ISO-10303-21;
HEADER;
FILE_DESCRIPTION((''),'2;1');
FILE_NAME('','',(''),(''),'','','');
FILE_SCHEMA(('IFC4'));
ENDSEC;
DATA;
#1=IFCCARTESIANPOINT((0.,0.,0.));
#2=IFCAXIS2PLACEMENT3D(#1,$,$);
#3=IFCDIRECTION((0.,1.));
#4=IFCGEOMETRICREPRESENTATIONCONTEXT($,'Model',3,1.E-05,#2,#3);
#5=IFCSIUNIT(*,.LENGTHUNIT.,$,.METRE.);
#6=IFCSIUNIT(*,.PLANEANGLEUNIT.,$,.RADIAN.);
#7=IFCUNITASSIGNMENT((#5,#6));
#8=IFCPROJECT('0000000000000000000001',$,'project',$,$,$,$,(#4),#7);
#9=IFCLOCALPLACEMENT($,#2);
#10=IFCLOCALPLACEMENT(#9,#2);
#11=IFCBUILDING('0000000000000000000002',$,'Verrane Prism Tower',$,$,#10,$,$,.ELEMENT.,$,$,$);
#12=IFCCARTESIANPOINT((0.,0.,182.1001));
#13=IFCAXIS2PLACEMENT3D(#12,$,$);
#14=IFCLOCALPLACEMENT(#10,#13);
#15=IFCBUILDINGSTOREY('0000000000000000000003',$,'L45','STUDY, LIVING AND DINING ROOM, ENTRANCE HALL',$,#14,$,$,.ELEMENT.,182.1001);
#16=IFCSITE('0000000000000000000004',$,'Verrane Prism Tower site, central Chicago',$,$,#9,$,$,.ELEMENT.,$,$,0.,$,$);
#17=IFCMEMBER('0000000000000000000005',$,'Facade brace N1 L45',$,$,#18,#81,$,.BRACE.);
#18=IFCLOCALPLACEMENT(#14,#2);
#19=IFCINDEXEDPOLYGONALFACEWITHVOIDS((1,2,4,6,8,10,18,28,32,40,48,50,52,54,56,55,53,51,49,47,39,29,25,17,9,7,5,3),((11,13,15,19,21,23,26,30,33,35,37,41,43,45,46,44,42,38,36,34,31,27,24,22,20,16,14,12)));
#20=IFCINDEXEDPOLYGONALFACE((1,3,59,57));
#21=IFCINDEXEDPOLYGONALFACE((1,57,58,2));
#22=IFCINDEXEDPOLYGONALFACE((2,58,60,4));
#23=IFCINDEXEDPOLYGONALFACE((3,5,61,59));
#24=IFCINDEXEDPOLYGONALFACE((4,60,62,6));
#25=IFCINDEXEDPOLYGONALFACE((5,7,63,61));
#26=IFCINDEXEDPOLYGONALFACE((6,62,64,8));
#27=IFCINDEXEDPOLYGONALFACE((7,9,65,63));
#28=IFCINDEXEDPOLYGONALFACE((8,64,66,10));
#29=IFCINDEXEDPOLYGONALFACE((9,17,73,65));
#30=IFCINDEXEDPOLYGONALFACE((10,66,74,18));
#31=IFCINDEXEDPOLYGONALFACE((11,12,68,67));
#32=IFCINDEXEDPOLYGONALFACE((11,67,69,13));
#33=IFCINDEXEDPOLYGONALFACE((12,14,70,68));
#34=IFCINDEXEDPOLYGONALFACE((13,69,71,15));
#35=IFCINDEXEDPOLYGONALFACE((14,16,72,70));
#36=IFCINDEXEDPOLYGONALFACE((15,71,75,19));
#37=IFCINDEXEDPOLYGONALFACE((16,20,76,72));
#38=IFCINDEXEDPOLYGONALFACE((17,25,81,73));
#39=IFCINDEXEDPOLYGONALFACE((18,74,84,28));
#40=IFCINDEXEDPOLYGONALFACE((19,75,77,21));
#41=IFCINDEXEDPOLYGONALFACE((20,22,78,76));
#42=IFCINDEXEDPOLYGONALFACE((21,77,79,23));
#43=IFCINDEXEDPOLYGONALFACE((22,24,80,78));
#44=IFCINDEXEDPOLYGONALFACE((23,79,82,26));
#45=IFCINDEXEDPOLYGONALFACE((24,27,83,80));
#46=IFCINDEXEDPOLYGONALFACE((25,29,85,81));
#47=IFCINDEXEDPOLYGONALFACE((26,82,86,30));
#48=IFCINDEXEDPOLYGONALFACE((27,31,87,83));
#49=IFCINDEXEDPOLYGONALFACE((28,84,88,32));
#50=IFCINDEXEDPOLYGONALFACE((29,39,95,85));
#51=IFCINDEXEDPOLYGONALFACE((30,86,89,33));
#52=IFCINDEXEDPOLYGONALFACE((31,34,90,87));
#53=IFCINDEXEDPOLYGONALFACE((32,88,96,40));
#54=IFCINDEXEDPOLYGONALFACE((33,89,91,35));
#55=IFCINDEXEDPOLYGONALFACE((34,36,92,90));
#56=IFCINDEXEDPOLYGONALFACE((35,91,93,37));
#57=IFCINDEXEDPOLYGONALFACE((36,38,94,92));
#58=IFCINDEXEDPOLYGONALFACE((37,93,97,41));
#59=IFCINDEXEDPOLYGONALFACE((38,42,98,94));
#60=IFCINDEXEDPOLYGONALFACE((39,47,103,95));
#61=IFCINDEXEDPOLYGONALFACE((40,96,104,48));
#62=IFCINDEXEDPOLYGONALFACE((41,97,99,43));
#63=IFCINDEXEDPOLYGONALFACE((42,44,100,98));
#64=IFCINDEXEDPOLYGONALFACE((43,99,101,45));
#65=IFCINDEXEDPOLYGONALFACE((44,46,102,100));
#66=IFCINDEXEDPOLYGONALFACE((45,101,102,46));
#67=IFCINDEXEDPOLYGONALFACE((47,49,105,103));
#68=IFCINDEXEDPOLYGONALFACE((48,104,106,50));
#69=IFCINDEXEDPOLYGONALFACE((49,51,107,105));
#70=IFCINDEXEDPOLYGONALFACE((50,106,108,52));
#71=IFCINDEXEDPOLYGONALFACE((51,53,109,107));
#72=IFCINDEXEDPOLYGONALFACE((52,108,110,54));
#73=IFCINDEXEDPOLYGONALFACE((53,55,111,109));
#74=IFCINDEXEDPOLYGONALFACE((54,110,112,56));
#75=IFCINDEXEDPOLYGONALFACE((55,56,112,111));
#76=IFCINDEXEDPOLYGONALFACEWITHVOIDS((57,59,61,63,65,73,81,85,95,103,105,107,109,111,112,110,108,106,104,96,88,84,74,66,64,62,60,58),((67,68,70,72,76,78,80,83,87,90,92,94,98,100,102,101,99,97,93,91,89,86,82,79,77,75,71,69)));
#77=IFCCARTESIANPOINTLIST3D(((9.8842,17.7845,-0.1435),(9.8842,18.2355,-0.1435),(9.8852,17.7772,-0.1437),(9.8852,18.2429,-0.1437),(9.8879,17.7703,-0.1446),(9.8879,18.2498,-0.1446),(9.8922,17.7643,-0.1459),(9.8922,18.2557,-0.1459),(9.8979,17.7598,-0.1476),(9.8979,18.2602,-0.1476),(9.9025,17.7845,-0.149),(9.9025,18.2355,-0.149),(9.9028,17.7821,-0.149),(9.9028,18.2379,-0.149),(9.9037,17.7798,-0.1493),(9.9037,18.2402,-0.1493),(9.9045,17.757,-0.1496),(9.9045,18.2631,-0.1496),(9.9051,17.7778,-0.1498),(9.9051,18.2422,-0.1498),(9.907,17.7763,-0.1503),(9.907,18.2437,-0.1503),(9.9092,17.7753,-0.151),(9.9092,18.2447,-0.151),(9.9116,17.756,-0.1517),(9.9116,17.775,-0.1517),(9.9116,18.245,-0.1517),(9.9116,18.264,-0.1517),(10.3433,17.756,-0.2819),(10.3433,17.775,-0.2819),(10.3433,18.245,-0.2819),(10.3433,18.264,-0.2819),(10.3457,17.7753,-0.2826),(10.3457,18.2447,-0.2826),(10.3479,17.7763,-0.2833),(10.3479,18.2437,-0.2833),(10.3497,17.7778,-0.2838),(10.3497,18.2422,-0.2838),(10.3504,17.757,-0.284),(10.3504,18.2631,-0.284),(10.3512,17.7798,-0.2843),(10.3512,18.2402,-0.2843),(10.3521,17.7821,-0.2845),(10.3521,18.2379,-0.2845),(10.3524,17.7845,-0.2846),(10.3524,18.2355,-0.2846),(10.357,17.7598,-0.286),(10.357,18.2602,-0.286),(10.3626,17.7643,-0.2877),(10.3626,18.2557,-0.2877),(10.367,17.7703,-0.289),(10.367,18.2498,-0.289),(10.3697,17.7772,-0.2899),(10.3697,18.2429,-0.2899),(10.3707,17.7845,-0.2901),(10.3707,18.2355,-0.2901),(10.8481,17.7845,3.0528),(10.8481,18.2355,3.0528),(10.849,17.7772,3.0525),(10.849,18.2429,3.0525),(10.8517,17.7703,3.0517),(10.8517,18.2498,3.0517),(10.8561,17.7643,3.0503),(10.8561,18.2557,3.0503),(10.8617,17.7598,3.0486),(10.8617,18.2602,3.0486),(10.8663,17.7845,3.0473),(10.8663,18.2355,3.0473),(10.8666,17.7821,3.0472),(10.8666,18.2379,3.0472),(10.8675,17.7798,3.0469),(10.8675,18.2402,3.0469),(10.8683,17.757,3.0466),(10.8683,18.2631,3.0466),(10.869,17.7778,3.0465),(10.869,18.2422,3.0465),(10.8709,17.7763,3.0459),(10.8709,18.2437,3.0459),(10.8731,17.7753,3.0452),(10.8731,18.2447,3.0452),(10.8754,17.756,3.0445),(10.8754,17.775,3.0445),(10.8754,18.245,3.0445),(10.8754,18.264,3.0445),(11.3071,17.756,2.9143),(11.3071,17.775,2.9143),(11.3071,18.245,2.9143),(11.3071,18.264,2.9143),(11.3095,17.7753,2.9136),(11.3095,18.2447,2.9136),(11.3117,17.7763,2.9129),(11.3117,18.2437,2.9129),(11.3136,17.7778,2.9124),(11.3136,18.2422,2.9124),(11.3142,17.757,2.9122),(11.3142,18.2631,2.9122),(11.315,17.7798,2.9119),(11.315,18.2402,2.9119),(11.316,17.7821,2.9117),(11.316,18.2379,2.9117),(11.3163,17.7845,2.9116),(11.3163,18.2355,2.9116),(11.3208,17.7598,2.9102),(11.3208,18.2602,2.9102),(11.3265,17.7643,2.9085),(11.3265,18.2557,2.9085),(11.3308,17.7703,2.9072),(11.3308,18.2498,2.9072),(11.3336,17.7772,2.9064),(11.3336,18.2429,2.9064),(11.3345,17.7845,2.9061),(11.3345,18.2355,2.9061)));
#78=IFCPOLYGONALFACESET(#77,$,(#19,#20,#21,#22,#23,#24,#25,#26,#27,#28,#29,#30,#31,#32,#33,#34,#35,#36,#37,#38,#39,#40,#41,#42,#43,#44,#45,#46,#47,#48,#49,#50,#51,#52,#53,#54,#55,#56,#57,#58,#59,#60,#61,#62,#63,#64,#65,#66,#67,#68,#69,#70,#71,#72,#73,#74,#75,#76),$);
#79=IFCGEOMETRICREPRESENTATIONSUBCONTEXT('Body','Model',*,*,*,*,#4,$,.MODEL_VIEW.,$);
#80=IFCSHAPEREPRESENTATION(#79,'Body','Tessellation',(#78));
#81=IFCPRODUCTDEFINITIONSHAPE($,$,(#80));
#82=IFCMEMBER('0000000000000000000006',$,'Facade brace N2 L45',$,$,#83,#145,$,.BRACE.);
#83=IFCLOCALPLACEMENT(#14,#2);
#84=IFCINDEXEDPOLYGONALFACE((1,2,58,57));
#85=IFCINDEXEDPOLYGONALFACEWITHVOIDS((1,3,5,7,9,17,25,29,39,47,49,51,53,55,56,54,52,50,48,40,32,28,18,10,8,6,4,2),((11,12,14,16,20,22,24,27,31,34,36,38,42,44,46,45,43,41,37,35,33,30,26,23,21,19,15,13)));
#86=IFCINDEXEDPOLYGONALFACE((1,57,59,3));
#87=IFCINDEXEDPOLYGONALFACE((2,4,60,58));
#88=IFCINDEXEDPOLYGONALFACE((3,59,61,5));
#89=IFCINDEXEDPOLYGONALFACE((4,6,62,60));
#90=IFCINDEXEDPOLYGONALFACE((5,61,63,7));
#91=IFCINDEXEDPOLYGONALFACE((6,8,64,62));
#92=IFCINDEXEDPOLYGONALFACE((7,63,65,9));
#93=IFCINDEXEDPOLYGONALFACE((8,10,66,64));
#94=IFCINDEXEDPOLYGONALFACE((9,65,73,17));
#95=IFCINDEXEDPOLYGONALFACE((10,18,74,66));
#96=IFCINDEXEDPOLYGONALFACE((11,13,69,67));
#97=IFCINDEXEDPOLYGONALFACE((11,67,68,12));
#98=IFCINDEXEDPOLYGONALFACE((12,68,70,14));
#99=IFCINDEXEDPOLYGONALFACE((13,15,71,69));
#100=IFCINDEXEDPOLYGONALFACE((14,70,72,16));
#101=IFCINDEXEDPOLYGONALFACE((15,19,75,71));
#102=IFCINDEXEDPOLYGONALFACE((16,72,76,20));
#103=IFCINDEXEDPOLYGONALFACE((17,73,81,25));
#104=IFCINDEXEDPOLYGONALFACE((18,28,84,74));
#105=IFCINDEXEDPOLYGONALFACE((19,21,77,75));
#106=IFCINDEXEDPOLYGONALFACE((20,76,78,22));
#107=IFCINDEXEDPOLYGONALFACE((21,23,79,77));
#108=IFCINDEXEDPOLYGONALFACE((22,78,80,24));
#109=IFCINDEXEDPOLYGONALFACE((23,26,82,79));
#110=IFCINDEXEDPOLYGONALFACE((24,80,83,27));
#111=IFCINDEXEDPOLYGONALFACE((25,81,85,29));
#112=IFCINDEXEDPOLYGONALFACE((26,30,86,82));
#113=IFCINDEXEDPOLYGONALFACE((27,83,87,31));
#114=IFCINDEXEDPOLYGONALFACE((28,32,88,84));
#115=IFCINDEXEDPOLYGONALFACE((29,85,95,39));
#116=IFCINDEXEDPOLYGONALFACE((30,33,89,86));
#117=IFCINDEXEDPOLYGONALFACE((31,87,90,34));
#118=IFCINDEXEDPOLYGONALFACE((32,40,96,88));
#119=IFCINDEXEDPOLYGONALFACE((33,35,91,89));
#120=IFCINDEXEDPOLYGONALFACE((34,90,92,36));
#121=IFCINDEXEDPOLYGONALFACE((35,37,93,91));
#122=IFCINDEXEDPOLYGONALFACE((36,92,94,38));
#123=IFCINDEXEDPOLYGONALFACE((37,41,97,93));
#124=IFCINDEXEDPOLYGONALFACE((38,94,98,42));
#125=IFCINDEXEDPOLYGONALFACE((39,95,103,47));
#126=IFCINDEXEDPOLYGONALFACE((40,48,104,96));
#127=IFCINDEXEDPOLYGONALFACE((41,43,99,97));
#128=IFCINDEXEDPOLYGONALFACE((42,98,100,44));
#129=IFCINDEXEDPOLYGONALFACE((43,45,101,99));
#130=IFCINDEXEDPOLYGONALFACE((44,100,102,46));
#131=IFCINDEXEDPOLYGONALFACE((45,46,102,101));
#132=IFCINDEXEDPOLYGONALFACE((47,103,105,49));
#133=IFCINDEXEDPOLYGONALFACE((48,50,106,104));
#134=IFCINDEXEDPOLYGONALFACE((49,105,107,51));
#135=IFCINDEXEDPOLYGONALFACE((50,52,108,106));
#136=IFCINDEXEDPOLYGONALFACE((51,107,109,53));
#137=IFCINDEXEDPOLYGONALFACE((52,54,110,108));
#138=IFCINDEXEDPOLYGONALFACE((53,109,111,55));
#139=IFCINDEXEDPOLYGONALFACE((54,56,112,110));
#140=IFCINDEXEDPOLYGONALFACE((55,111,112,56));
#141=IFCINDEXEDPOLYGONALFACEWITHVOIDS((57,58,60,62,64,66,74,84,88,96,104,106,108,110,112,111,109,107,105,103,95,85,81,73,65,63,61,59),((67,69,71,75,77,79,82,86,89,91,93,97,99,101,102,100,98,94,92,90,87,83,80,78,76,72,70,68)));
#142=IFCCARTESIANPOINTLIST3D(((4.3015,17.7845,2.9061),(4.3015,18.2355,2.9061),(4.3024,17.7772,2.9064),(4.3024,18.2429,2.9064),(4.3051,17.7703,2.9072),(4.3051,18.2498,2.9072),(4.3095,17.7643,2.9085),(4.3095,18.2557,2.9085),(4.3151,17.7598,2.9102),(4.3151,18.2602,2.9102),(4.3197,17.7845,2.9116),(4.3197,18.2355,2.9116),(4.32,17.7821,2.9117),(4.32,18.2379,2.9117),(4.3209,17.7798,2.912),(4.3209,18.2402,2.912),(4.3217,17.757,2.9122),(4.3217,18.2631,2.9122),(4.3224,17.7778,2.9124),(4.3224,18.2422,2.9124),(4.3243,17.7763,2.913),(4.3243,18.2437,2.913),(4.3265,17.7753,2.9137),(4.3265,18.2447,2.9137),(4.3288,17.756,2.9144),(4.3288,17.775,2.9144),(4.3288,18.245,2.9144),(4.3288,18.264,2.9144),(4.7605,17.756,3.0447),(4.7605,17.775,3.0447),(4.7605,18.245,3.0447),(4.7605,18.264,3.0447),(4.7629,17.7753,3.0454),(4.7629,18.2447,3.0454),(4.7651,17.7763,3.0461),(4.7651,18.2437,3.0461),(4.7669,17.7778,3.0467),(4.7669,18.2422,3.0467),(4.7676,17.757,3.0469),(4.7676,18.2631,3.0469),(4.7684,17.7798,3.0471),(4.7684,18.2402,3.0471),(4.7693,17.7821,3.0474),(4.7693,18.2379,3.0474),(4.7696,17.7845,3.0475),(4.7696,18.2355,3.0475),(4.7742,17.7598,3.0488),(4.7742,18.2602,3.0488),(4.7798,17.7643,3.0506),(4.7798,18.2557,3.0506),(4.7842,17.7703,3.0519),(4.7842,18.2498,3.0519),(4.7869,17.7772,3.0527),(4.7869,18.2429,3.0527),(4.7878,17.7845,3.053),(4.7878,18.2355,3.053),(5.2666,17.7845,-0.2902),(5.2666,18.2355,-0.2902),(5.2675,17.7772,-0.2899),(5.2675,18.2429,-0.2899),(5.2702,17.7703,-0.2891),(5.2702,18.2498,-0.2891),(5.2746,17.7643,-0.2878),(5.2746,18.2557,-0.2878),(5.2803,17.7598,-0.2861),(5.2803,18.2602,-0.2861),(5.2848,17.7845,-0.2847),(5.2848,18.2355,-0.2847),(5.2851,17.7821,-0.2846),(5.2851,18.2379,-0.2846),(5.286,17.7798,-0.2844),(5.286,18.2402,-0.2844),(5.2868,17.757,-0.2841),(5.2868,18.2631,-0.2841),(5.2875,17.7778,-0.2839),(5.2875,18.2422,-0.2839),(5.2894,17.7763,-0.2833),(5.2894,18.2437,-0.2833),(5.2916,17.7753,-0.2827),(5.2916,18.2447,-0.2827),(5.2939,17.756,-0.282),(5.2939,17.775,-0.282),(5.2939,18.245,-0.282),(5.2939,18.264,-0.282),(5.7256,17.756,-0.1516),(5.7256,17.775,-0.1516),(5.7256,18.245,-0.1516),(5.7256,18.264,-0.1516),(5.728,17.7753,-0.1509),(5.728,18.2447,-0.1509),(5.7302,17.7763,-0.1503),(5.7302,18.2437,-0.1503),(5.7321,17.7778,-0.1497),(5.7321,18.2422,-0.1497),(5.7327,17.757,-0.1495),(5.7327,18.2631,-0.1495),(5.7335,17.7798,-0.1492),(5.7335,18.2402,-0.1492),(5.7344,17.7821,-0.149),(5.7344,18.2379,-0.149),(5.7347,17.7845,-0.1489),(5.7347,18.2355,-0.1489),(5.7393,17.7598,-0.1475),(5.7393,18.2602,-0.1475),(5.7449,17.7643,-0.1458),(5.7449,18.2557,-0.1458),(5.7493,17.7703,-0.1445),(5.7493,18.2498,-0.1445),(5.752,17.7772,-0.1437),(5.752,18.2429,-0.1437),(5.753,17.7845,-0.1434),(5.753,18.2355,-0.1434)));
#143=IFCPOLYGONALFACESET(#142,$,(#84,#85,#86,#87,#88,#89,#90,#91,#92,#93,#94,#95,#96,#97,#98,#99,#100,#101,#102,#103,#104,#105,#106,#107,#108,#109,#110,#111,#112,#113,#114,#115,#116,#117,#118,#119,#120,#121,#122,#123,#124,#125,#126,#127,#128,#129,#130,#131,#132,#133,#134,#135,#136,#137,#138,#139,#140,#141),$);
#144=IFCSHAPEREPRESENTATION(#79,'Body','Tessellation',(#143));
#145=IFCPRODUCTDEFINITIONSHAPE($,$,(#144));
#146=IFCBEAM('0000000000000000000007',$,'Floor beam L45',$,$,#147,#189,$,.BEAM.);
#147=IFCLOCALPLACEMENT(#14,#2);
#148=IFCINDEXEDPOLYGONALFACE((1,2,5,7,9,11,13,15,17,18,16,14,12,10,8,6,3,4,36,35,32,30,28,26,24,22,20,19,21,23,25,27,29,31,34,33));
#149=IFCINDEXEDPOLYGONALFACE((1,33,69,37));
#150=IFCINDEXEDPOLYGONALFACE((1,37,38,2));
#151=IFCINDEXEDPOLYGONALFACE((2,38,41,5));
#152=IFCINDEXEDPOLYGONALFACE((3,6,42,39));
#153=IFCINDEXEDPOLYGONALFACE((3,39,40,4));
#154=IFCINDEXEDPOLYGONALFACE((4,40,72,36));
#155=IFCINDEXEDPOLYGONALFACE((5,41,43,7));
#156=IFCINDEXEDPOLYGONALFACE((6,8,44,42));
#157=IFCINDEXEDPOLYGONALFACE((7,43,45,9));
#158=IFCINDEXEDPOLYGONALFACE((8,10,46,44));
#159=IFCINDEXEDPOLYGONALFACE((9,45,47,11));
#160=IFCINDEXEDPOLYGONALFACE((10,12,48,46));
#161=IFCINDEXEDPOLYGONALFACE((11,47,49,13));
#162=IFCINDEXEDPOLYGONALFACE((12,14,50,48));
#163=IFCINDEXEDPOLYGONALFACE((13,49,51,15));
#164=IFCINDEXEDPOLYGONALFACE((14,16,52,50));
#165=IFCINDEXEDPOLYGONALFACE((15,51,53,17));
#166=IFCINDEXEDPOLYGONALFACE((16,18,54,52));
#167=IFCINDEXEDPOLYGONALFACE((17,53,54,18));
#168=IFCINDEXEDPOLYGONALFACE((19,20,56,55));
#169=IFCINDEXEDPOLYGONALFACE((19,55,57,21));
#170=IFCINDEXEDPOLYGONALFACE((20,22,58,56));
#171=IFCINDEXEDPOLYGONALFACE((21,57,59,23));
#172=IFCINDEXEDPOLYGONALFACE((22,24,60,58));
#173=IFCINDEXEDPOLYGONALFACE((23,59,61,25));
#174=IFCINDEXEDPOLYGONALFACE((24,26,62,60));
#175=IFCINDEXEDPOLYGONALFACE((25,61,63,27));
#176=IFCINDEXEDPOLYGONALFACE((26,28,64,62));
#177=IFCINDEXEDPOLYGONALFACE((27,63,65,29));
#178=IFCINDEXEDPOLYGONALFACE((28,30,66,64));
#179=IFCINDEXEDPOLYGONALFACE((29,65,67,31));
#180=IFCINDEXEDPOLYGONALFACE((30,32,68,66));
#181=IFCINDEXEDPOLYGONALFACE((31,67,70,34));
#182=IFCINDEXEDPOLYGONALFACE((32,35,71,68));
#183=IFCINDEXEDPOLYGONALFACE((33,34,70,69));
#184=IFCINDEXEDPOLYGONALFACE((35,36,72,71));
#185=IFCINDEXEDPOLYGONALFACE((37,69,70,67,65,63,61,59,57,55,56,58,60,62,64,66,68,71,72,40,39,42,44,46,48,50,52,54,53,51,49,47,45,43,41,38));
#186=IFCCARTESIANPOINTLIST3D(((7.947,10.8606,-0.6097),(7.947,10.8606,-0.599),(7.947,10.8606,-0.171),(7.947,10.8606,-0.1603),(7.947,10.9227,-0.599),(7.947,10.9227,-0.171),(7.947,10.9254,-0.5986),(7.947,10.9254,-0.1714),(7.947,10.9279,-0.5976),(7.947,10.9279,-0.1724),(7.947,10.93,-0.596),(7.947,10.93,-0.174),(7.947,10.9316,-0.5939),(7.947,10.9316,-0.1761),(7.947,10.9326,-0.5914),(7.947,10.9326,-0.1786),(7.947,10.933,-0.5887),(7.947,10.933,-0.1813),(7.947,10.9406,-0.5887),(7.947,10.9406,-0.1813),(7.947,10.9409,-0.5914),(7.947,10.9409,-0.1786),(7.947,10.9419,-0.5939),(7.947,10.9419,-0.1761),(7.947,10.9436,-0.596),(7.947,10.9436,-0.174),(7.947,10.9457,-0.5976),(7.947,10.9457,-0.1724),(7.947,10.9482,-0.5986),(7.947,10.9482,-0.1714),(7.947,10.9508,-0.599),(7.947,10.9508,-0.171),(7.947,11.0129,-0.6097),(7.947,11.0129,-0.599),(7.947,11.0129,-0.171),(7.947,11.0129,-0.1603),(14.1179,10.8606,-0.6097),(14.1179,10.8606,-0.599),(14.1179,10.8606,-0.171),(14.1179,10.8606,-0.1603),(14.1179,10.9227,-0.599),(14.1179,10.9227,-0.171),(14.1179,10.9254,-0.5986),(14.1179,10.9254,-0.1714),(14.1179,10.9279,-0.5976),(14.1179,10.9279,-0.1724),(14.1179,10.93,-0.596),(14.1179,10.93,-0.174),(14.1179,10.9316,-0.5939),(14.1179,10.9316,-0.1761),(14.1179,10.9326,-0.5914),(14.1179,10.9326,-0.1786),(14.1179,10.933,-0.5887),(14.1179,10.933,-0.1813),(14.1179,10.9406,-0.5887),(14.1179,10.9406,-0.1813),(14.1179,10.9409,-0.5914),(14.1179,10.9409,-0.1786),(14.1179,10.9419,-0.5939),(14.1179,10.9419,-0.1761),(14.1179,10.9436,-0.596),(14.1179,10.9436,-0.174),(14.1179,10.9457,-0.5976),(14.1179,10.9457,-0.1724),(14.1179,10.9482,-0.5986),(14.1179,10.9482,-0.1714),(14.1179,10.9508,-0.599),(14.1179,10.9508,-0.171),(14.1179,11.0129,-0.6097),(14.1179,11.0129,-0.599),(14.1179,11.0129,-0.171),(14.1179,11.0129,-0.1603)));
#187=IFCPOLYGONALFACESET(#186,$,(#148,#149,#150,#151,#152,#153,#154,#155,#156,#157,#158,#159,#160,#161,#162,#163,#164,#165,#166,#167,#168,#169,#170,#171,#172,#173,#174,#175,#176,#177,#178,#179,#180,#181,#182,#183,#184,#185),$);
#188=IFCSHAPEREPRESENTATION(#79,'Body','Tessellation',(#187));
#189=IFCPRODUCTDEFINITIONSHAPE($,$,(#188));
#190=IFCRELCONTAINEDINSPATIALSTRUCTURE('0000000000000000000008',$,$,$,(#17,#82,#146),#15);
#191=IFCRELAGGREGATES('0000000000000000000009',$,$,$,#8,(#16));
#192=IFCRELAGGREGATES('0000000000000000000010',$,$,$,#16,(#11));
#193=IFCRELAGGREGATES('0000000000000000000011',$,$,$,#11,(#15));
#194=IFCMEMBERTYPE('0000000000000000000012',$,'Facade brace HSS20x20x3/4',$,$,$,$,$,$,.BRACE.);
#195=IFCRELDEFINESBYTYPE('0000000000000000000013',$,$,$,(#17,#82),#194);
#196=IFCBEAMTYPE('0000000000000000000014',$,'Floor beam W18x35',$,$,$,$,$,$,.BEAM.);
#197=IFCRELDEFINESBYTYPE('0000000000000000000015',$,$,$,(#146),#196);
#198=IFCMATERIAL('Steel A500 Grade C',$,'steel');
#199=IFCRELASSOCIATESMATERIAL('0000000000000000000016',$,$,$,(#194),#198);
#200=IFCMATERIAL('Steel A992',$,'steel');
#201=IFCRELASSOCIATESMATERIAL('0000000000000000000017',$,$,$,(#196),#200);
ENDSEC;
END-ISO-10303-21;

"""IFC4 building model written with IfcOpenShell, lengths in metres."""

from ifc_helpers import new_model, si_unit, direction, frame, origin, origin_2d, place, context, subcontext, project, spatial, hollow_rectangle, i_section, extrude, material, material_profile, profile_set, type_object, element, save


model = new_model("IFC4")

# Units and contexts
model_context = context("Model", 3, precision=1e-05, world=origin(), true_north=direction((0.0, 1.0)))
body_context = subcontext(model_context, "Body", "Model", "MODEL_VIEW")
ifc_project = project(units=[si_unit("LENGTHUNIT", "METRE"), si_unit("PLANEANGLEUNIT", "RADIAN")], contexts=[model_context])

# Site, building, storey
site_placement = place(None, origin())
site = spatial("IfcSite", under=ifc_project, at=site_placement, Name="Verrane Prism Tower site, central Chicago", CompositionType="ELEMENT", RefElevation=0.0)
building_placement = place(site_placement, origin())
building = spatial("IfcBuilding", under=site, at=building_placement, Name="Verrane Prism Tower", CompositionType="ELEMENT")
storey_placement = place(building_placement, frame((0.0, 0.0, 182.1001)))
storey = spatial("IfcBuildingStorey", under=building, at=storey_placement, Name="L45", Description="STUDY, LIVING AND DINING ROOM, ENTRANCE HALL", CompositionType="ELEMENT", Elevation=182.1001)

# Members
ifc_material_1 = material(Name="Steel A500 Grade C", Category="steel")
ifc_material_profile_1 = material_profile(ifc_material_1, hollow_rectangle(XDim=0.5081, YDim=0.5081, WallThickness=0.019, InnerFilletRadius=0.0095, OuterFilletRadius=0.0286, at=origin_2d()), Name="HSS20x20x3/4")
ifc_profile_set_1 = profile_set([ifc_material_profile_1], Name="Steel A500 Grade C")
member_type_1 = type_object("IfcMemberType", Name="Facade brace HSS20x20x3/4", PredefinedType="BRACE", material=ifc_profile_set_1)
member_1_placement = place(storey_placement, frame((10.1274, 18.01, -0.2168), z_axis=(0.288716, 0.0, 0.957415), x_axis=(0.0, 1.0, 0.0)))
element("IfcMember", 1, at=member_1_placement, inside=storey, type_object=member_type_1, Name="Facade brace N1 L45", PredefinedType="BRACE", context=body_context, shape_type="SweptSolid", body=[
    extrude(hollow_rectangle(XDim=0.5081, YDim=0.5081, WallThickness=0.019, InnerFilletRadius=0.0095, OuterFilletRadius=0.0286, at=origin_2d()), origin(), (0.0, 0.0, 1.0), 3.3384),
])
member_2_placement = place(storey_placement, frame((5.5098, 18.01, -0.2168), z_axis=(-0.289051, 0.0, 0.957314), x_axis=(0.0, -1.0, 0.0)))
element("IfcMember", 2, at=member_2_placement, inside=storey, type_object=member_type_1, Name="Facade brace N2 L45", PredefinedType="BRACE", context=body_context, shape_type="SweptSolid", body=[
    extrude(hollow_rectangle(XDim=0.5081, YDim=0.5081, WallThickness=0.019, InnerFilletRadius=0.0095, OuterFilletRadius=0.0286, at=origin_2d()), origin(), (0.0, 0.0, 1.0), 3.3389),
])

# Beam
ifc_material_2 = material(Name="Steel A992", Category="steel")
ifc_material_profile_2 = material_profile(ifc_material_2, i_section(OverallWidth=0.1523, OverallDepth=0.4495, WebThickness=0.0076, FlangeThickness=0.0107, FilletRadius=0.0103, at=origin_2d()), Name="W18x35")
ifc_profile_set_2 = profile_set([ifc_material_profile_2], Name="Steel A992")
beam_type_1 = type_object("IfcBeamType", Name="Floor beam W18x35", PredefinedType="BEAM", material=ifc_profile_set_2)
beam_1_placement = place(storey_placement, frame((7.947, 10.9368, -0.385), z_axis=(1.0, 0.0, 0.0), x_axis=(0.0, 1.0, 0.0)))
element("IfcBeam", 3, at=beam_1_placement, inside=storey, type_object=beam_type_1, Name="Floor beam L45", PredefinedType="BEAM", context=body_context, shape_type="SweptSolid", body=[
    extrude(i_section(OverallWidth=0.1523, OverallDepth=0.4495, WebThickness=0.0076, FlangeThickness=0.0107, FilletRadius=0.0103, at=origin_2d()), origin(), (0.0, 0.0, 1.0), 6.1709),
])

save(model, "model.ifc")
